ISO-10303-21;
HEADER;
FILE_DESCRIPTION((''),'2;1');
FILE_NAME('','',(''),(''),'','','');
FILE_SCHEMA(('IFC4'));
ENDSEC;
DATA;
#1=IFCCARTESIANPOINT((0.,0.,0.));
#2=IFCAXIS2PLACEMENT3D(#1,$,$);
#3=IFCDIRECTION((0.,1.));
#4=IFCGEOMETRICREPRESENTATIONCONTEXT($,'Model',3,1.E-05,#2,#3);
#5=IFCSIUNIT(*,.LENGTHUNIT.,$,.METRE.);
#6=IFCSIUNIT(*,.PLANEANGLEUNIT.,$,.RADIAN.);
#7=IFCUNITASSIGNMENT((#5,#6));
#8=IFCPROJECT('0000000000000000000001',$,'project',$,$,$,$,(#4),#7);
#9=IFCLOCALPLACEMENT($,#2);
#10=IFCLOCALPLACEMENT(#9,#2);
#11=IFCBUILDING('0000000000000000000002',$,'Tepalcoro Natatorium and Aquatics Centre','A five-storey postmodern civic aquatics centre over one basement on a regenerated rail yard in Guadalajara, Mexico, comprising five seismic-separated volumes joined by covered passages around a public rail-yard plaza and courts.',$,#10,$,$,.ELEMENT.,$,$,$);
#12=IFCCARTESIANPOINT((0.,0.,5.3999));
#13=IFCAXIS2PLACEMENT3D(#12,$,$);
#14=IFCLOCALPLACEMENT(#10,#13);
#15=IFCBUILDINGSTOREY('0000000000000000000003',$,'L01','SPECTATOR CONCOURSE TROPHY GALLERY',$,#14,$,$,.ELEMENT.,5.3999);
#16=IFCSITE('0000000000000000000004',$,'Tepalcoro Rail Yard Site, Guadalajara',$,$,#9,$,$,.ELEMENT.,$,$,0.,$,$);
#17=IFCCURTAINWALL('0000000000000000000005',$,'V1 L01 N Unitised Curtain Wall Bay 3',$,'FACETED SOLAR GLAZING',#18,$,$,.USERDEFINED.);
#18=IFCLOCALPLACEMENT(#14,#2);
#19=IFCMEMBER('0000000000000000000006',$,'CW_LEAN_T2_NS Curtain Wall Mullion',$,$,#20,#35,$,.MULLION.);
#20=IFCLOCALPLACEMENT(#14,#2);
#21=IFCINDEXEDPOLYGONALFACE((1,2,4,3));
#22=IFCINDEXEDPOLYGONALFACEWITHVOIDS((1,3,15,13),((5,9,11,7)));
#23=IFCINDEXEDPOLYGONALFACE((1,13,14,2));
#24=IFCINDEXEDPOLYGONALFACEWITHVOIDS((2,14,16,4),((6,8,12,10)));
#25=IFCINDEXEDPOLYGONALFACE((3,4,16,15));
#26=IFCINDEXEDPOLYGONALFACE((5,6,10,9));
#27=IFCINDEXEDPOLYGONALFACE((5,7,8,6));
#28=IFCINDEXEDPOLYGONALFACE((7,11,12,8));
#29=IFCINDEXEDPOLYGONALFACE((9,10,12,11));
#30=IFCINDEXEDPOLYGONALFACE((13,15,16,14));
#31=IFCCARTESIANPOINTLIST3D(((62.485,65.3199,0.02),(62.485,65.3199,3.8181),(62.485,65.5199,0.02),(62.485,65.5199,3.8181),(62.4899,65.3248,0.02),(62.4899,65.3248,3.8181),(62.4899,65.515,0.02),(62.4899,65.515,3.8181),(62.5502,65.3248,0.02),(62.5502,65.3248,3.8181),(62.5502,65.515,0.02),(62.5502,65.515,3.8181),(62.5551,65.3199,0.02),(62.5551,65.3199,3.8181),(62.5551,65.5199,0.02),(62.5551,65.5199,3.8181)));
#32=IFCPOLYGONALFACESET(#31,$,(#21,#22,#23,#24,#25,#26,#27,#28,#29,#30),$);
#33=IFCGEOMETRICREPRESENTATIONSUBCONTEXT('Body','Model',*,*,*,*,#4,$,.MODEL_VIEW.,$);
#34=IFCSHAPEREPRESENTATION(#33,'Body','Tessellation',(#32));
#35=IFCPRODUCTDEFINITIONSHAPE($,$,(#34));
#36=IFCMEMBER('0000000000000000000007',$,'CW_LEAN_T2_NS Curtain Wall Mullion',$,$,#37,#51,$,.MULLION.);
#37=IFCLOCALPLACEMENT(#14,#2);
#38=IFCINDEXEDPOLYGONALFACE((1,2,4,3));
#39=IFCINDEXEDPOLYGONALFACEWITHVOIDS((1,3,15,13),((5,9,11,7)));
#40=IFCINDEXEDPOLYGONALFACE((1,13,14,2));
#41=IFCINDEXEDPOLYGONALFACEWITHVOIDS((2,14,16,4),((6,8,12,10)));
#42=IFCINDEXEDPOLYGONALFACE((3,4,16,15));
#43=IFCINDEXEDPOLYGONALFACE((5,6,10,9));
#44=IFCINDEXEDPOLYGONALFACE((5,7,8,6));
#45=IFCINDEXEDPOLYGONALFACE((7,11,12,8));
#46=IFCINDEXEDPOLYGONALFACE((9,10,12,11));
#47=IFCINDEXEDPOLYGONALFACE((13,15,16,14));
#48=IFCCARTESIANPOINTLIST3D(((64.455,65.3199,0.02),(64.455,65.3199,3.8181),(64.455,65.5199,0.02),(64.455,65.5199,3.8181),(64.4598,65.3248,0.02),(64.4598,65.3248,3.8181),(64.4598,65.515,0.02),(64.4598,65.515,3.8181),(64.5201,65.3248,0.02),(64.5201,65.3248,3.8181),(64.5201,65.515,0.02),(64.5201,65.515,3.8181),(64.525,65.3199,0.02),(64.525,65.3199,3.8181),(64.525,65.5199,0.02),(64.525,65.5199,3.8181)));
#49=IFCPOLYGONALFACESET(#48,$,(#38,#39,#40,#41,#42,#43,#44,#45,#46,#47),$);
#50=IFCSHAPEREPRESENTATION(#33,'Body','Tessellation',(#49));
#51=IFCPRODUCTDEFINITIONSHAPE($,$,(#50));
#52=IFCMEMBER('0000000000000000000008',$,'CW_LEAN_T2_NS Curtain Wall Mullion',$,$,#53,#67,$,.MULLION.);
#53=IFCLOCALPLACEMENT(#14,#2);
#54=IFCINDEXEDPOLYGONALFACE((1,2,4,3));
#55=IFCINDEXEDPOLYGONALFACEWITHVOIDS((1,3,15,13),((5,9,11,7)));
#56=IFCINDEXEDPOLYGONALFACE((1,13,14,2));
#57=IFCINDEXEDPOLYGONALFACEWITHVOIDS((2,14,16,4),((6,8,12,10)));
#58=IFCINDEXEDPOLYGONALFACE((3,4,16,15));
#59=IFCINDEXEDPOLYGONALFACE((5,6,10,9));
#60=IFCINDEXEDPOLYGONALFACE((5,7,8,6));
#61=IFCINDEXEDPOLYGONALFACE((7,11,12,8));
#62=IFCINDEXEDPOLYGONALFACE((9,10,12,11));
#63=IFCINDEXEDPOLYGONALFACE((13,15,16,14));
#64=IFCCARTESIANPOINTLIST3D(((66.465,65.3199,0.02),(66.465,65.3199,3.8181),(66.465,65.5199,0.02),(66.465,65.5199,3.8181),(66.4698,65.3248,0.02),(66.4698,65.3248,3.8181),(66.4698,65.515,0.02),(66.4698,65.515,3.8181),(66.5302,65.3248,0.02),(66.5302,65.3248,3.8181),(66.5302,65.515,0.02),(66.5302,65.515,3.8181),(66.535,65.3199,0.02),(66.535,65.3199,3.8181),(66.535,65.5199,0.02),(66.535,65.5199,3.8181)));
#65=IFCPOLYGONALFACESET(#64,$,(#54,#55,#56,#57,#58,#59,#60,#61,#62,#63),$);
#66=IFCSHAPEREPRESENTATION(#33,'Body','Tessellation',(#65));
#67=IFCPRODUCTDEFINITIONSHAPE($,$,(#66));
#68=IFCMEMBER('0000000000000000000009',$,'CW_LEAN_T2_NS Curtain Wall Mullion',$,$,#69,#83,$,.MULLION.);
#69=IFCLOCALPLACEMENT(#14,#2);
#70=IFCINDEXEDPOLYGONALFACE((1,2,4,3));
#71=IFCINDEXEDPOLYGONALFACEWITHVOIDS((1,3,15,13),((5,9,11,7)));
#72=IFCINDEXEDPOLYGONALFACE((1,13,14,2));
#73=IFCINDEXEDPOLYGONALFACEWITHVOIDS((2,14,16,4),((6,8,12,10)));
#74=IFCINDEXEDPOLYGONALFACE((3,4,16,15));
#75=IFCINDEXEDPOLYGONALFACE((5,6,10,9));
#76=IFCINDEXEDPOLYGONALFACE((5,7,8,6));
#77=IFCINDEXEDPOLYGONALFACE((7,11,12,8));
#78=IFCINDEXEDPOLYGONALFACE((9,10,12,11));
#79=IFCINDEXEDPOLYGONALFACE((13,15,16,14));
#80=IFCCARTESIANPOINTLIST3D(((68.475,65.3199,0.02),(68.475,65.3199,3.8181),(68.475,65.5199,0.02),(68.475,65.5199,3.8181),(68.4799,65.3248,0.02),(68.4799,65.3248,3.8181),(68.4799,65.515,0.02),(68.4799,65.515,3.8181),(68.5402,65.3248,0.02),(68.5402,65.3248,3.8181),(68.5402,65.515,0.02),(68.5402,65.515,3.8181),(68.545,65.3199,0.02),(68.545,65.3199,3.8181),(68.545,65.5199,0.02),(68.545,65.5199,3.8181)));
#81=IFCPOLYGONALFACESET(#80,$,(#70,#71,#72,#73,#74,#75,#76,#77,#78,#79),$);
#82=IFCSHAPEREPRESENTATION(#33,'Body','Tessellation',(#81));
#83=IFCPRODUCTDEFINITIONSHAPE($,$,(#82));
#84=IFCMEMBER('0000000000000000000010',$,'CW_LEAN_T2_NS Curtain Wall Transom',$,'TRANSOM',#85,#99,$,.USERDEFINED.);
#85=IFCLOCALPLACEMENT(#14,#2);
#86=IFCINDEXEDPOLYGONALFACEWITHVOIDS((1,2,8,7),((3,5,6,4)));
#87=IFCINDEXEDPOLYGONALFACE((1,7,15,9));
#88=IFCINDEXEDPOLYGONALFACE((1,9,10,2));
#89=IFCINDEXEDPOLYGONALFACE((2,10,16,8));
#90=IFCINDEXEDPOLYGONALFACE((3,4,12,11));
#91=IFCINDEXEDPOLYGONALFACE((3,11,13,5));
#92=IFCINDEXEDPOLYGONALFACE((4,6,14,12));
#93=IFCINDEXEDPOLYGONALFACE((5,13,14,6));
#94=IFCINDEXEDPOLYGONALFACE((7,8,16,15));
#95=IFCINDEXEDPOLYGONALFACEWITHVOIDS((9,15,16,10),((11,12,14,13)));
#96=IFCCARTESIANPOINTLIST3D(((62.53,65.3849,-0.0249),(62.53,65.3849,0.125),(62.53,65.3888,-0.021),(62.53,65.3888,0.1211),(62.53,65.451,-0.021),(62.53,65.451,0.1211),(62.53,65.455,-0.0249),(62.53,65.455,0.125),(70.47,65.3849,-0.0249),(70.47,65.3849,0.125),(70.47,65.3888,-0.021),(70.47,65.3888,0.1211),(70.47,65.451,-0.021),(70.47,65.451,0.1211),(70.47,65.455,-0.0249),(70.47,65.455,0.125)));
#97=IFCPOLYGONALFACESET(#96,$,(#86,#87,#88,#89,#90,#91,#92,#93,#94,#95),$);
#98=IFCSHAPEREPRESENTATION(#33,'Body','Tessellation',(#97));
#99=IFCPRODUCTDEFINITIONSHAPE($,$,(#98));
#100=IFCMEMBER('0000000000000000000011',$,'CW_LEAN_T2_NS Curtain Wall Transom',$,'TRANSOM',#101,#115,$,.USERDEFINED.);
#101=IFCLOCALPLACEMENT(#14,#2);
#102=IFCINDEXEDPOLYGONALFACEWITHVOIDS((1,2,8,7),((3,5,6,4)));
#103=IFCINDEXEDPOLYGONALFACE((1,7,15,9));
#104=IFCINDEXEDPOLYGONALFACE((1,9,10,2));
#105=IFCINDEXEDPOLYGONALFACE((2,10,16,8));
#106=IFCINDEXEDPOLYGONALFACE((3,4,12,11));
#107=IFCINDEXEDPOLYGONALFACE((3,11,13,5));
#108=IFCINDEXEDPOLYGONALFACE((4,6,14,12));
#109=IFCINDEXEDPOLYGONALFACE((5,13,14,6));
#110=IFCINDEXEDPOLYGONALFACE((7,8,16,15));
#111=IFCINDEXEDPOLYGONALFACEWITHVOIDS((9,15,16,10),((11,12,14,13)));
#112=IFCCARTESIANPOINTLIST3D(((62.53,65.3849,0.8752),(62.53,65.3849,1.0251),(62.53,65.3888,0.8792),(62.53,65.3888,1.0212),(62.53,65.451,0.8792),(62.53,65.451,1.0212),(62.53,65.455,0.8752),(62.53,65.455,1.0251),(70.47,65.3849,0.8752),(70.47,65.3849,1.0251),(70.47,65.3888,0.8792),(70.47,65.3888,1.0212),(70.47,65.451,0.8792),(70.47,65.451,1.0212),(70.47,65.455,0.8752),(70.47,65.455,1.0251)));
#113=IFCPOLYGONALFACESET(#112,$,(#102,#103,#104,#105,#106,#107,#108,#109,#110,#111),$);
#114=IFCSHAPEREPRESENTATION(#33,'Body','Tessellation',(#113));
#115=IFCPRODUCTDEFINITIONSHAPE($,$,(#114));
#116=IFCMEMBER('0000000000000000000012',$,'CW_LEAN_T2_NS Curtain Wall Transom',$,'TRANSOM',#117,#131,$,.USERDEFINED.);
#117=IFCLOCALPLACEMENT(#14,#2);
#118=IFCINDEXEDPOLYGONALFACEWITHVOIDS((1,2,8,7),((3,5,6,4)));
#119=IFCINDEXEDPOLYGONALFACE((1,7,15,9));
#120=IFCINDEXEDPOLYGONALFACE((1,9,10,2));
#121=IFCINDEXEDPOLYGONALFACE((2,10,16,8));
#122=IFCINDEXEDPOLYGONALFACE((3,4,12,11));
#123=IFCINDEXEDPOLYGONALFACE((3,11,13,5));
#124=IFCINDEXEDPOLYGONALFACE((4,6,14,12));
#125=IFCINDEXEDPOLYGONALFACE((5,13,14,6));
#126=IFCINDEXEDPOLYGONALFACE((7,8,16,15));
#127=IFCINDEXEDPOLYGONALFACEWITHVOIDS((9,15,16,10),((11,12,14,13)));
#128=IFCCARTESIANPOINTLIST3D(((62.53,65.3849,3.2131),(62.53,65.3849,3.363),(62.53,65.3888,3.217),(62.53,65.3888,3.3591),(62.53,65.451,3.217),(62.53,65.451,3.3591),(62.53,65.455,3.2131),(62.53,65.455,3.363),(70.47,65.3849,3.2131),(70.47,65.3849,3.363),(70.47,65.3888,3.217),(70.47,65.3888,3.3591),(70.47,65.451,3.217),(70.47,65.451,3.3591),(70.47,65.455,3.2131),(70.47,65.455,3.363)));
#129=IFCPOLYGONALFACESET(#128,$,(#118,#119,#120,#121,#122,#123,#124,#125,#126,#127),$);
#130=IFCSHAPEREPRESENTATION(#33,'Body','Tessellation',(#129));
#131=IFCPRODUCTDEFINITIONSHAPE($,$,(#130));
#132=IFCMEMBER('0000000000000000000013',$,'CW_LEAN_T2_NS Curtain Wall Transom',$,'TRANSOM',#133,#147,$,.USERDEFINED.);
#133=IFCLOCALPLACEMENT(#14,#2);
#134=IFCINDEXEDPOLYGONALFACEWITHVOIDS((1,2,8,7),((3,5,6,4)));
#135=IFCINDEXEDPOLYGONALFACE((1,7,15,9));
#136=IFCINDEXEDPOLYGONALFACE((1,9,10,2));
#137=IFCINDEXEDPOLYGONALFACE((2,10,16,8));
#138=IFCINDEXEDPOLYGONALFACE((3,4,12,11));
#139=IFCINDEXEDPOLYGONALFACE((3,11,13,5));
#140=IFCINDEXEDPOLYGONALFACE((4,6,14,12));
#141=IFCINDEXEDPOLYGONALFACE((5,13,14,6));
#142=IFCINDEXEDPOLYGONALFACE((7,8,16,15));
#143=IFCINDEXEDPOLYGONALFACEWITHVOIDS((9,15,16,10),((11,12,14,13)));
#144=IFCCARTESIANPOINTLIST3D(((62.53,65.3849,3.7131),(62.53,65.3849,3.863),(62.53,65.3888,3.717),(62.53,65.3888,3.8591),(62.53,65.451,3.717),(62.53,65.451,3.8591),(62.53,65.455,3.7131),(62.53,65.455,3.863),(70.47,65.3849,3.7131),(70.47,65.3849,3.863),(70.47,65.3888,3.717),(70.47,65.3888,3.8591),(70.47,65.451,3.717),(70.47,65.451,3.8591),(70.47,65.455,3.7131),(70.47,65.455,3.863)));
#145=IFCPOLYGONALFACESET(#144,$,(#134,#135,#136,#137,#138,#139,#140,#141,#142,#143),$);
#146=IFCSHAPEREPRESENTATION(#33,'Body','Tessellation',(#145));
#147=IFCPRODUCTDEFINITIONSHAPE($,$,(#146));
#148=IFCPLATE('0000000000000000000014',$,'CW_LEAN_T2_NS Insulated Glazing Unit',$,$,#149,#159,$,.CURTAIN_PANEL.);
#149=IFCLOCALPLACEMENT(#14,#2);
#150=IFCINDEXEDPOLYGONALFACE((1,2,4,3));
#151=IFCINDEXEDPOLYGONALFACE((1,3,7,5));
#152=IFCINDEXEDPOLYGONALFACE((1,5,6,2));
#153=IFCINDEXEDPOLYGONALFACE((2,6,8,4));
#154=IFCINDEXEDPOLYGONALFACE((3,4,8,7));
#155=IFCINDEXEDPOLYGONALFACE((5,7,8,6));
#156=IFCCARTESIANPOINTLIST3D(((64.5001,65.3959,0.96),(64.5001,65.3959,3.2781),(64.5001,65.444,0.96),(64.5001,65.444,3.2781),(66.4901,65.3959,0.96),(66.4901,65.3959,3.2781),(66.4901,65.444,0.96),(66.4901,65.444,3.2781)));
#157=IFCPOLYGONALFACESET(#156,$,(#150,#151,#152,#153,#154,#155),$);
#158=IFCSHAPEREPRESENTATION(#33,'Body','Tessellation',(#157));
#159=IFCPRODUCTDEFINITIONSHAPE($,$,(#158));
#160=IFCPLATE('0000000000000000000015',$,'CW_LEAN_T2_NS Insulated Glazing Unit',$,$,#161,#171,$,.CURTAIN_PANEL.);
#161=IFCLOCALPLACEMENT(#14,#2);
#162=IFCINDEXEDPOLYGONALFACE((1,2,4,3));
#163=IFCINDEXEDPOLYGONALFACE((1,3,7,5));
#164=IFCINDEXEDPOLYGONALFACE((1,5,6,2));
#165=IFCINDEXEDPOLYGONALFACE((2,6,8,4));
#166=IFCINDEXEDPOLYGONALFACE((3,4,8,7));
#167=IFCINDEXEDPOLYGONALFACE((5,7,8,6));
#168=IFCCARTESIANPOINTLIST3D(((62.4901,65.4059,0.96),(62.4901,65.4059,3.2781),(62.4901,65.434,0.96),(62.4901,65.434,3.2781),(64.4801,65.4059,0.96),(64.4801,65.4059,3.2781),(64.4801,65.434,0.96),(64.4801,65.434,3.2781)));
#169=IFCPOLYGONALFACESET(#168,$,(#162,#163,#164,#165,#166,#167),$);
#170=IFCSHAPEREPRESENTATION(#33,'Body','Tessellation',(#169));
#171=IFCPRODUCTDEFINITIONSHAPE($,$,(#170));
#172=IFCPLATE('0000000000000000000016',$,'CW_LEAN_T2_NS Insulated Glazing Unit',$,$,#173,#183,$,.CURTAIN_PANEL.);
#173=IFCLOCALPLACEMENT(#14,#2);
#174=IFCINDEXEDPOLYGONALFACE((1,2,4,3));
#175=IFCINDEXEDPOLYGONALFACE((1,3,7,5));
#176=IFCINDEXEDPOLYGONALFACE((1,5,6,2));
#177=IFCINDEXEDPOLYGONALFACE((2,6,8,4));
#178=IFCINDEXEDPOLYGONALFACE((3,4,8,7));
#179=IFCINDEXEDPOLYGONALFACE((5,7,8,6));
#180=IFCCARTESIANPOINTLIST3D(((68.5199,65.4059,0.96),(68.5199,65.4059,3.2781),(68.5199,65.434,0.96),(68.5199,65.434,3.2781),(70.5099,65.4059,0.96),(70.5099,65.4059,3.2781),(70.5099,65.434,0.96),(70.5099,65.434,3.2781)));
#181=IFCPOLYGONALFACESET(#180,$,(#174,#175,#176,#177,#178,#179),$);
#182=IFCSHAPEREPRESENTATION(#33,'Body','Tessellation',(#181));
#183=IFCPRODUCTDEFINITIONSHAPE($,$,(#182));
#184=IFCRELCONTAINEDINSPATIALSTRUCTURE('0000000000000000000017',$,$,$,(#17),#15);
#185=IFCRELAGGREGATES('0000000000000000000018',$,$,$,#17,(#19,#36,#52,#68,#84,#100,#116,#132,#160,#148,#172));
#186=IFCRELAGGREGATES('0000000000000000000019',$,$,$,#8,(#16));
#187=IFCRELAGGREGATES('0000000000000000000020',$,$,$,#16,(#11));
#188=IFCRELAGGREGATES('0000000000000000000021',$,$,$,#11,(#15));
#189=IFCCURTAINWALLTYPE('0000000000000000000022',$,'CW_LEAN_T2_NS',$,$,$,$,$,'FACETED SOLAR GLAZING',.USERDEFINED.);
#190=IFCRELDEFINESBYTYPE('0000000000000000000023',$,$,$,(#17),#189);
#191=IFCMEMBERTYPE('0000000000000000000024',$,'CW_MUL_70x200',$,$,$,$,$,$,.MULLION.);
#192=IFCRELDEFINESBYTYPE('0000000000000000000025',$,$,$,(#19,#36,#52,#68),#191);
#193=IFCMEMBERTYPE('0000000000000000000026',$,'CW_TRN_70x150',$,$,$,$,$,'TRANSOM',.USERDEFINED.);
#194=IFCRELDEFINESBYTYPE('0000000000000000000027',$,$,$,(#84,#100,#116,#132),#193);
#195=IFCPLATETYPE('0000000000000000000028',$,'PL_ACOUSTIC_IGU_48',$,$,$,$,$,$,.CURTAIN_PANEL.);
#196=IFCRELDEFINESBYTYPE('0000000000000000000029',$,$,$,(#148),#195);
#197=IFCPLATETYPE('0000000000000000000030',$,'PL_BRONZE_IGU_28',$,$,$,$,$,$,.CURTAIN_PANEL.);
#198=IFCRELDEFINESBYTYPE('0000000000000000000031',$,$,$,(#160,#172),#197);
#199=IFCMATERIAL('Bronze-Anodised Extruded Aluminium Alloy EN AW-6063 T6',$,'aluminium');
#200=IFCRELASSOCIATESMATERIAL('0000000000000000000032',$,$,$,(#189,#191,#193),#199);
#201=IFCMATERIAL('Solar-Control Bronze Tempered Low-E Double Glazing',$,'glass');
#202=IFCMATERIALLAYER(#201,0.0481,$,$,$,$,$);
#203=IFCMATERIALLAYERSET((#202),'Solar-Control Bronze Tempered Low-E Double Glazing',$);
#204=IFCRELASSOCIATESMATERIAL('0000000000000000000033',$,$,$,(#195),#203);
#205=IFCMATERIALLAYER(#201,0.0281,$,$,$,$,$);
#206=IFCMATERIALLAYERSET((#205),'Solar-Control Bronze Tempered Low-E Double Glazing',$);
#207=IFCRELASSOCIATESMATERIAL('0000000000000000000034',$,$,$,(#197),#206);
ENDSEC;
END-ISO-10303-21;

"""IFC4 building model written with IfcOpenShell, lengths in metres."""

from ifc_helpers import new_model, si_unit, direction, frame, origin, origin_2d, place, context, subcontext, project, spatial, rectangle, hollow_rectangle, extrude, material, layer, layer_set, material_profile, profile_set, type_object, element, aggregate, save


model = new_model("IFC4")

# Units and contexts
model_context = context("Model", 3, precision=1e-05, world=origin(), true_north=direction((0.0, 1.0)))
body_context = subcontext(model_context, "Body", "Model", "MODEL_VIEW")
ifc_project = project(units=[si_unit("LENGTHUNIT", "METRE"), si_unit("PLANEANGLEUNIT", "RADIAN")], contexts=[model_context])

# Site, building, storey
site_placement = place(None, origin())
site = spatial("IfcSite", under=ifc_project, at=site_placement, Name="Tepalcoro Rail Yard Site, Guadalajara", CompositionType="ELEMENT", RefElevation=0.0)
building_placement = place(site_placement, origin())
building = spatial("IfcBuilding", under=site, at=building_placement, Name="Tepalcoro Natatorium and Aquatics Centre", Description="A five-storey postmodern civic aquatics centre over one basement on a regenerated rail yard in Guadalajara, Mexico, comprising five seismic-separated volumes joined by covered passages around a public rail-yard plaza and courts.", CompositionType="ELEMENT")
storey_placement = place(building_placement, frame((0.0, 0.0, 5.3999)))
storey = spatial("IfcBuildingStorey", under=building, at=storey_placement, Name="L01", Description="SPECTATOR CONCOURSE TROPHY GALLERY", CompositionType="ELEMENT", Elevation=5.3999)

# Curtain wall, members, plates
ifc_material_1 = material(Name="Bronze-Anodised Extruded Aluminium Alloy EN AW-6063 T6", Category="aluminium")
curtain_wall_type = type_object("IfcCurtainWallType", Name="CW_LEAN_T2_NS", ElementType="FACETED SOLAR GLAZING", PredefinedType="USERDEFINED", material=ifc_material_1)
curtain_wall_placement = place(storey_placement, origin())
curtain_wall = element("IfcCurtainWall", 1, at=curtain_wall_placement, inside=storey, type_object=curtain_wall_type, Name="V1 L01 N Unitised Curtain Wall Bay 3", ObjectType="FACETED SOLAR GLAZING", PredefinedType="USERDEFINED")
ifc_material_profile_1 = material_profile(ifc_material_1, hollow_rectangle(XDim=0.0701, YDim=0.2, WallThickness=0.0049, at=origin_2d()), Name="AL70X200X5")
ifc_profile_set_1 = profile_set([ifc_material_profile_1], Name="Bronze-Anodised Extruded Aluminium Alloy EN AW-6063 T6")
member_type_1 = type_object("IfcMemberType", Name="CW_MUL_70x200", PredefinedType="MULLION", material=ifc_profile_set_1)
member_1_placement = place(storey_placement, frame((62.52, 65.4199, 0.02), z_axis=(0.0, 0.0, 1.0), x_axis=(1.0, 0.0, 0.0)))
member_1 = element("IfcMember", 2, at=member_1_placement, type_object=member_type_1, Name="CW_LEAN_T2_NS Curtain Wall Mullion", PredefinedType="MULLION", context=body_context, shape_type="SweptSolid", body=[
    extrude(hollow_rectangle(XDim=0.0701, YDim=0.2, WallThickness=0.0049, at=origin_2d()), origin(), (0.0, 0.0, 1.0), 3.7981),
])
member_2_placement = place(storey_placement, frame((64.49, 65.4199, 0.02), z_axis=(0.0, 0.0, 1.0), x_axis=(1.0, 0.0, 0.0)))
member_2 = element("IfcMember", 3, at=member_2_placement, type_object=member_type_1, Name="CW_LEAN_T2_NS Curtain Wall Mullion", PredefinedType="MULLION", context=body_context, shape_type="SweptSolid", body=[
    extrude(hollow_rectangle(XDim=0.0701, YDim=0.2, WallThickness=0.0049, at=origin_2d()), origin(), (0.0, 0.0, 1.0), 3.7981),
])
member_3_placement = place(storey_placement, frame((66.5, 65.4199, 0.02), z_axis=(0.0, 0.0, 1.0), x_axis=(1.0, 0.0, 0.0)))
member_3 = element("IfcMember", 4, at=member_3_placement, type_object=member_type_1, Name="CW_LEAN_T2_NS Curtain Wall Mullion", PredefinedType="MULLION", context=body_context, shape_type="SweptSolid", body=[
    extrude(hollow_rectangle(XDim=0.0701, YDim=0.2, WallThickness=0.0049, at=origin_2d()), origin(), (0.0, 0.0, 1.0), 3.7981),
])
member_4_placement = place(storey_placement, frame((68.51, 65.4199, 0.02), z_axis=(0.0, 0.0, 1.0), x_axis=(1.0, 0.0, 0.0)))
member_4 = element("IfcMember", 5, at=member_4_placement, type_object=member_type_1, Name="CW_LEAN_T2_NS Curtain Wall Mullion", PredefinedType="MULLION", context=body_context, shape_type="SweptSolid", body=[
    extrude(hollow_rectangle(XDim=0.0701, YDim=0.2, WallThickness=0.0049, at=origin_2d()), origin(), (0.0, 0.0, 1.0), 3.7981),
])
ifc_material_profile_2 = material_profile(ifc_material_1, hollow_rectangle(XDim=0.0701, YDim=0.1499, WallThickness=0.0039, at=origin_2d()), Name="AL70X150X4")
ifc_profile_set_2 = profile_set([ifc_material_profile_2], Name="Bronze-Anodised Extruded Aluminium Alloy EN AW-6063 T6")
member_type_2 = type_object("IfcMemberType", Name="CW_TRN_70x150", ElementType="TRANSOM", PredefinedType="USERDEFINED", material=ifc_profile_set_2)
member_5_placement = place(storey_placement, frame((62.53, 65.4199, 0.05), z_axis=(1.0, 0.0, 0.0), x_axis=(0.0, 1.0, 0.0)))
member_5 = element("IfcMember", 6, at=member_5_placement, type_object=member_type_2, Name="CW_LEAN_T2_NS Curtain Wall Transom", ObjectType="TRANSOM", PredefinedType="USERDEFINED", context=body_context, shape_type="SweptSolid", body=[
    extrude(hollow_rectangle(XDim=0.0701, YDim=0.1499, WallThickness=0.0039, at=origin_2d()), origin(), (0.0, 0.0, 1.0), 7.9399),
])
member_6_placement = place(storey_placement, frame((62.53, 65.4199, 0.9502), z_axis=(1.0, 0.0, 0.0), x_axis=(0.0, 1.0, 0.0)))
member_6 = element("IfcMember", 7, at=member_6_placement, type_object=member_type_2, Name="CW_LEAN_T2_NS Curtain Wall Transom", ObjectType="TRANSOM", PredefinedType="USERDEFINED", context=body_context, shape_type="SweptSolid", body=[
    extrude(hollow_rectangle(XDim=0.0701, YDim=0.1499, WallThickness=0.0039, at=origin_2d()), origin(), (0.0, 0.0, 1.0), 7.9399),
])
member_7_placement = place(storey_placement, frame((62.53, 65.4199, 3.2881), z_axis=(1.0, 0.0, 0.0), x_axis=(0.0, 1.0, 0.0)))
member_7 = element("IfcMember", 8, at=member_7_placement, type_object=member_type_2, Name="CW_LEAN_T2_NS Curtain Wall Transom", ObjectType="TRANSOM", PredefinedType="USERDEFINED", context=body_context, shape_type="SweptSolid", body=[
    extrude(hollow_rectangle(XDim=0.0701, YDim=0.1499, WallThickness=0.0039, at=origin_2d()), origin(), (0.0, 0.0, 1.0), 7.9399),
])
member_8_placement = place(storey_placement, frame((62.53, 65.4199, 3.7881), z_axis=(1.0, 0.0, 0.0), x_axis=(0.0, 1.0, 0.0)))
member_8 = element("IfcMember", 9, at=member_8_placement, type_object=member_type_2, Name="CW_LEAN_T2_NS Curtain Wall Transom", ObjectType="TRANSOM", PredefinedType="USERDEFINED", context=body_context, shape_type="SweptSolid", body=[
    extrude(hollow_rectangle(XDim=0.0701, YDim=0.1499, WallThickness=0.0039, at=origin_2d()), origin(), (0.0, 0.0, 1.0), 7.9399),
])
ifc_material_2 = material(Name="Solar-Control Bronze Tempered Low-E Double Glazing", Category="glass")
ifc_layer_1 = layer(ifc_material_2, 0.0481)
ifc_layer_set_1 = layer_set([ifc_layer_1], Name="Solar-Control Bronze Tempered Low-E Double Glazing")
plate_type_1 = type_object("IfcPlateType", Name="PL_ACOUSTIC_IGU_48", PredefinedType="CURTAIN_PANEL", material=ifc_layer_set_1)
plate_1_placement = place(storey_placement, frame((65.4951, 65.4199, 0.96), z_axis=(0.0, 0.0, 1.0), x_axis=(1.0, 0.0, 0.0)))
plate_1 = element("IfcPlate", 10, at=plate_1_placement, type_object=plate_type_1, Name="CW_LEAN_T2_NS Insulated Glazing Unit", PredefinedType="CURTAIN_PANEL", context=body_context, shape_type="SweptSolid", body=[
    extrude(rectangle(XDim=1.99, YDim=0.0481, at=origin_2d()), origin(), (0.0, 0.0, 1.0), 2.3181),
])
ifc_layer_2 = layer(ifc_material_2, 0.0281)
ifc_layer_set_2 = layer_set([ifc_layer_2], Name="Solar-Control Bronze Tempered Low-E Double Glazing")
plate_type_2 = type_object("IfcPlateType", Name="PL_BRONZE_IGU_28", PredefinedType="CURTAIN_PANEL", material=ifc_layer_set_2)
plate_2_placement = place(storey_placement, frame((63.4851, 65.4199, 0.96), z_axis=(0.0, 0.0, 1.0), x_axis=(1.0, 0.0, 0.0)))
plate_2 = element("IfcPlate", 11, at=plate_2_placement, type_object=plate_type_2, Name="CW_LEAN_T2_NS Insulated Glazing Unit", PredefinedType="CURTAIN_PANEL", context=body_context, shape_type="SweptSolid", body=[
    extrude(rectangle(XDim=1.99, YDim=0.0281, at=origin_2d()), origin(), (0.0, 0.0, 1.0), 2.3181),
])
plate_3_placement = place(storey_placement, frame((69.5149, 65.4199, 0.96), z_axis=(0.0, 0.0, 1.0), x_axis=(1.0, 0.0, 0.0)))
plate_3 = element("IfcPlate", 12, at=plate_3_placement, type_object=plate_type_2, Name="CW_LEAN_T2_NS Insulated Glazing Unit", PredefinedType="CURTAIN_PANEL", context=body_context, shape_type="SweptSolid", body=[
    extrude(rectangle(XDim=1.99, YDim=0.0281, at=origin_2d()), origin(), (0.0, 0.0, 1.0), 2.3181),
])
aggregate(curtain_wall, [member_1, member_2, member_3, member_4, member_5, member_6, member_7, member_8, plate_2, plate_1, plate_3])

save(model, "model.ifc")
